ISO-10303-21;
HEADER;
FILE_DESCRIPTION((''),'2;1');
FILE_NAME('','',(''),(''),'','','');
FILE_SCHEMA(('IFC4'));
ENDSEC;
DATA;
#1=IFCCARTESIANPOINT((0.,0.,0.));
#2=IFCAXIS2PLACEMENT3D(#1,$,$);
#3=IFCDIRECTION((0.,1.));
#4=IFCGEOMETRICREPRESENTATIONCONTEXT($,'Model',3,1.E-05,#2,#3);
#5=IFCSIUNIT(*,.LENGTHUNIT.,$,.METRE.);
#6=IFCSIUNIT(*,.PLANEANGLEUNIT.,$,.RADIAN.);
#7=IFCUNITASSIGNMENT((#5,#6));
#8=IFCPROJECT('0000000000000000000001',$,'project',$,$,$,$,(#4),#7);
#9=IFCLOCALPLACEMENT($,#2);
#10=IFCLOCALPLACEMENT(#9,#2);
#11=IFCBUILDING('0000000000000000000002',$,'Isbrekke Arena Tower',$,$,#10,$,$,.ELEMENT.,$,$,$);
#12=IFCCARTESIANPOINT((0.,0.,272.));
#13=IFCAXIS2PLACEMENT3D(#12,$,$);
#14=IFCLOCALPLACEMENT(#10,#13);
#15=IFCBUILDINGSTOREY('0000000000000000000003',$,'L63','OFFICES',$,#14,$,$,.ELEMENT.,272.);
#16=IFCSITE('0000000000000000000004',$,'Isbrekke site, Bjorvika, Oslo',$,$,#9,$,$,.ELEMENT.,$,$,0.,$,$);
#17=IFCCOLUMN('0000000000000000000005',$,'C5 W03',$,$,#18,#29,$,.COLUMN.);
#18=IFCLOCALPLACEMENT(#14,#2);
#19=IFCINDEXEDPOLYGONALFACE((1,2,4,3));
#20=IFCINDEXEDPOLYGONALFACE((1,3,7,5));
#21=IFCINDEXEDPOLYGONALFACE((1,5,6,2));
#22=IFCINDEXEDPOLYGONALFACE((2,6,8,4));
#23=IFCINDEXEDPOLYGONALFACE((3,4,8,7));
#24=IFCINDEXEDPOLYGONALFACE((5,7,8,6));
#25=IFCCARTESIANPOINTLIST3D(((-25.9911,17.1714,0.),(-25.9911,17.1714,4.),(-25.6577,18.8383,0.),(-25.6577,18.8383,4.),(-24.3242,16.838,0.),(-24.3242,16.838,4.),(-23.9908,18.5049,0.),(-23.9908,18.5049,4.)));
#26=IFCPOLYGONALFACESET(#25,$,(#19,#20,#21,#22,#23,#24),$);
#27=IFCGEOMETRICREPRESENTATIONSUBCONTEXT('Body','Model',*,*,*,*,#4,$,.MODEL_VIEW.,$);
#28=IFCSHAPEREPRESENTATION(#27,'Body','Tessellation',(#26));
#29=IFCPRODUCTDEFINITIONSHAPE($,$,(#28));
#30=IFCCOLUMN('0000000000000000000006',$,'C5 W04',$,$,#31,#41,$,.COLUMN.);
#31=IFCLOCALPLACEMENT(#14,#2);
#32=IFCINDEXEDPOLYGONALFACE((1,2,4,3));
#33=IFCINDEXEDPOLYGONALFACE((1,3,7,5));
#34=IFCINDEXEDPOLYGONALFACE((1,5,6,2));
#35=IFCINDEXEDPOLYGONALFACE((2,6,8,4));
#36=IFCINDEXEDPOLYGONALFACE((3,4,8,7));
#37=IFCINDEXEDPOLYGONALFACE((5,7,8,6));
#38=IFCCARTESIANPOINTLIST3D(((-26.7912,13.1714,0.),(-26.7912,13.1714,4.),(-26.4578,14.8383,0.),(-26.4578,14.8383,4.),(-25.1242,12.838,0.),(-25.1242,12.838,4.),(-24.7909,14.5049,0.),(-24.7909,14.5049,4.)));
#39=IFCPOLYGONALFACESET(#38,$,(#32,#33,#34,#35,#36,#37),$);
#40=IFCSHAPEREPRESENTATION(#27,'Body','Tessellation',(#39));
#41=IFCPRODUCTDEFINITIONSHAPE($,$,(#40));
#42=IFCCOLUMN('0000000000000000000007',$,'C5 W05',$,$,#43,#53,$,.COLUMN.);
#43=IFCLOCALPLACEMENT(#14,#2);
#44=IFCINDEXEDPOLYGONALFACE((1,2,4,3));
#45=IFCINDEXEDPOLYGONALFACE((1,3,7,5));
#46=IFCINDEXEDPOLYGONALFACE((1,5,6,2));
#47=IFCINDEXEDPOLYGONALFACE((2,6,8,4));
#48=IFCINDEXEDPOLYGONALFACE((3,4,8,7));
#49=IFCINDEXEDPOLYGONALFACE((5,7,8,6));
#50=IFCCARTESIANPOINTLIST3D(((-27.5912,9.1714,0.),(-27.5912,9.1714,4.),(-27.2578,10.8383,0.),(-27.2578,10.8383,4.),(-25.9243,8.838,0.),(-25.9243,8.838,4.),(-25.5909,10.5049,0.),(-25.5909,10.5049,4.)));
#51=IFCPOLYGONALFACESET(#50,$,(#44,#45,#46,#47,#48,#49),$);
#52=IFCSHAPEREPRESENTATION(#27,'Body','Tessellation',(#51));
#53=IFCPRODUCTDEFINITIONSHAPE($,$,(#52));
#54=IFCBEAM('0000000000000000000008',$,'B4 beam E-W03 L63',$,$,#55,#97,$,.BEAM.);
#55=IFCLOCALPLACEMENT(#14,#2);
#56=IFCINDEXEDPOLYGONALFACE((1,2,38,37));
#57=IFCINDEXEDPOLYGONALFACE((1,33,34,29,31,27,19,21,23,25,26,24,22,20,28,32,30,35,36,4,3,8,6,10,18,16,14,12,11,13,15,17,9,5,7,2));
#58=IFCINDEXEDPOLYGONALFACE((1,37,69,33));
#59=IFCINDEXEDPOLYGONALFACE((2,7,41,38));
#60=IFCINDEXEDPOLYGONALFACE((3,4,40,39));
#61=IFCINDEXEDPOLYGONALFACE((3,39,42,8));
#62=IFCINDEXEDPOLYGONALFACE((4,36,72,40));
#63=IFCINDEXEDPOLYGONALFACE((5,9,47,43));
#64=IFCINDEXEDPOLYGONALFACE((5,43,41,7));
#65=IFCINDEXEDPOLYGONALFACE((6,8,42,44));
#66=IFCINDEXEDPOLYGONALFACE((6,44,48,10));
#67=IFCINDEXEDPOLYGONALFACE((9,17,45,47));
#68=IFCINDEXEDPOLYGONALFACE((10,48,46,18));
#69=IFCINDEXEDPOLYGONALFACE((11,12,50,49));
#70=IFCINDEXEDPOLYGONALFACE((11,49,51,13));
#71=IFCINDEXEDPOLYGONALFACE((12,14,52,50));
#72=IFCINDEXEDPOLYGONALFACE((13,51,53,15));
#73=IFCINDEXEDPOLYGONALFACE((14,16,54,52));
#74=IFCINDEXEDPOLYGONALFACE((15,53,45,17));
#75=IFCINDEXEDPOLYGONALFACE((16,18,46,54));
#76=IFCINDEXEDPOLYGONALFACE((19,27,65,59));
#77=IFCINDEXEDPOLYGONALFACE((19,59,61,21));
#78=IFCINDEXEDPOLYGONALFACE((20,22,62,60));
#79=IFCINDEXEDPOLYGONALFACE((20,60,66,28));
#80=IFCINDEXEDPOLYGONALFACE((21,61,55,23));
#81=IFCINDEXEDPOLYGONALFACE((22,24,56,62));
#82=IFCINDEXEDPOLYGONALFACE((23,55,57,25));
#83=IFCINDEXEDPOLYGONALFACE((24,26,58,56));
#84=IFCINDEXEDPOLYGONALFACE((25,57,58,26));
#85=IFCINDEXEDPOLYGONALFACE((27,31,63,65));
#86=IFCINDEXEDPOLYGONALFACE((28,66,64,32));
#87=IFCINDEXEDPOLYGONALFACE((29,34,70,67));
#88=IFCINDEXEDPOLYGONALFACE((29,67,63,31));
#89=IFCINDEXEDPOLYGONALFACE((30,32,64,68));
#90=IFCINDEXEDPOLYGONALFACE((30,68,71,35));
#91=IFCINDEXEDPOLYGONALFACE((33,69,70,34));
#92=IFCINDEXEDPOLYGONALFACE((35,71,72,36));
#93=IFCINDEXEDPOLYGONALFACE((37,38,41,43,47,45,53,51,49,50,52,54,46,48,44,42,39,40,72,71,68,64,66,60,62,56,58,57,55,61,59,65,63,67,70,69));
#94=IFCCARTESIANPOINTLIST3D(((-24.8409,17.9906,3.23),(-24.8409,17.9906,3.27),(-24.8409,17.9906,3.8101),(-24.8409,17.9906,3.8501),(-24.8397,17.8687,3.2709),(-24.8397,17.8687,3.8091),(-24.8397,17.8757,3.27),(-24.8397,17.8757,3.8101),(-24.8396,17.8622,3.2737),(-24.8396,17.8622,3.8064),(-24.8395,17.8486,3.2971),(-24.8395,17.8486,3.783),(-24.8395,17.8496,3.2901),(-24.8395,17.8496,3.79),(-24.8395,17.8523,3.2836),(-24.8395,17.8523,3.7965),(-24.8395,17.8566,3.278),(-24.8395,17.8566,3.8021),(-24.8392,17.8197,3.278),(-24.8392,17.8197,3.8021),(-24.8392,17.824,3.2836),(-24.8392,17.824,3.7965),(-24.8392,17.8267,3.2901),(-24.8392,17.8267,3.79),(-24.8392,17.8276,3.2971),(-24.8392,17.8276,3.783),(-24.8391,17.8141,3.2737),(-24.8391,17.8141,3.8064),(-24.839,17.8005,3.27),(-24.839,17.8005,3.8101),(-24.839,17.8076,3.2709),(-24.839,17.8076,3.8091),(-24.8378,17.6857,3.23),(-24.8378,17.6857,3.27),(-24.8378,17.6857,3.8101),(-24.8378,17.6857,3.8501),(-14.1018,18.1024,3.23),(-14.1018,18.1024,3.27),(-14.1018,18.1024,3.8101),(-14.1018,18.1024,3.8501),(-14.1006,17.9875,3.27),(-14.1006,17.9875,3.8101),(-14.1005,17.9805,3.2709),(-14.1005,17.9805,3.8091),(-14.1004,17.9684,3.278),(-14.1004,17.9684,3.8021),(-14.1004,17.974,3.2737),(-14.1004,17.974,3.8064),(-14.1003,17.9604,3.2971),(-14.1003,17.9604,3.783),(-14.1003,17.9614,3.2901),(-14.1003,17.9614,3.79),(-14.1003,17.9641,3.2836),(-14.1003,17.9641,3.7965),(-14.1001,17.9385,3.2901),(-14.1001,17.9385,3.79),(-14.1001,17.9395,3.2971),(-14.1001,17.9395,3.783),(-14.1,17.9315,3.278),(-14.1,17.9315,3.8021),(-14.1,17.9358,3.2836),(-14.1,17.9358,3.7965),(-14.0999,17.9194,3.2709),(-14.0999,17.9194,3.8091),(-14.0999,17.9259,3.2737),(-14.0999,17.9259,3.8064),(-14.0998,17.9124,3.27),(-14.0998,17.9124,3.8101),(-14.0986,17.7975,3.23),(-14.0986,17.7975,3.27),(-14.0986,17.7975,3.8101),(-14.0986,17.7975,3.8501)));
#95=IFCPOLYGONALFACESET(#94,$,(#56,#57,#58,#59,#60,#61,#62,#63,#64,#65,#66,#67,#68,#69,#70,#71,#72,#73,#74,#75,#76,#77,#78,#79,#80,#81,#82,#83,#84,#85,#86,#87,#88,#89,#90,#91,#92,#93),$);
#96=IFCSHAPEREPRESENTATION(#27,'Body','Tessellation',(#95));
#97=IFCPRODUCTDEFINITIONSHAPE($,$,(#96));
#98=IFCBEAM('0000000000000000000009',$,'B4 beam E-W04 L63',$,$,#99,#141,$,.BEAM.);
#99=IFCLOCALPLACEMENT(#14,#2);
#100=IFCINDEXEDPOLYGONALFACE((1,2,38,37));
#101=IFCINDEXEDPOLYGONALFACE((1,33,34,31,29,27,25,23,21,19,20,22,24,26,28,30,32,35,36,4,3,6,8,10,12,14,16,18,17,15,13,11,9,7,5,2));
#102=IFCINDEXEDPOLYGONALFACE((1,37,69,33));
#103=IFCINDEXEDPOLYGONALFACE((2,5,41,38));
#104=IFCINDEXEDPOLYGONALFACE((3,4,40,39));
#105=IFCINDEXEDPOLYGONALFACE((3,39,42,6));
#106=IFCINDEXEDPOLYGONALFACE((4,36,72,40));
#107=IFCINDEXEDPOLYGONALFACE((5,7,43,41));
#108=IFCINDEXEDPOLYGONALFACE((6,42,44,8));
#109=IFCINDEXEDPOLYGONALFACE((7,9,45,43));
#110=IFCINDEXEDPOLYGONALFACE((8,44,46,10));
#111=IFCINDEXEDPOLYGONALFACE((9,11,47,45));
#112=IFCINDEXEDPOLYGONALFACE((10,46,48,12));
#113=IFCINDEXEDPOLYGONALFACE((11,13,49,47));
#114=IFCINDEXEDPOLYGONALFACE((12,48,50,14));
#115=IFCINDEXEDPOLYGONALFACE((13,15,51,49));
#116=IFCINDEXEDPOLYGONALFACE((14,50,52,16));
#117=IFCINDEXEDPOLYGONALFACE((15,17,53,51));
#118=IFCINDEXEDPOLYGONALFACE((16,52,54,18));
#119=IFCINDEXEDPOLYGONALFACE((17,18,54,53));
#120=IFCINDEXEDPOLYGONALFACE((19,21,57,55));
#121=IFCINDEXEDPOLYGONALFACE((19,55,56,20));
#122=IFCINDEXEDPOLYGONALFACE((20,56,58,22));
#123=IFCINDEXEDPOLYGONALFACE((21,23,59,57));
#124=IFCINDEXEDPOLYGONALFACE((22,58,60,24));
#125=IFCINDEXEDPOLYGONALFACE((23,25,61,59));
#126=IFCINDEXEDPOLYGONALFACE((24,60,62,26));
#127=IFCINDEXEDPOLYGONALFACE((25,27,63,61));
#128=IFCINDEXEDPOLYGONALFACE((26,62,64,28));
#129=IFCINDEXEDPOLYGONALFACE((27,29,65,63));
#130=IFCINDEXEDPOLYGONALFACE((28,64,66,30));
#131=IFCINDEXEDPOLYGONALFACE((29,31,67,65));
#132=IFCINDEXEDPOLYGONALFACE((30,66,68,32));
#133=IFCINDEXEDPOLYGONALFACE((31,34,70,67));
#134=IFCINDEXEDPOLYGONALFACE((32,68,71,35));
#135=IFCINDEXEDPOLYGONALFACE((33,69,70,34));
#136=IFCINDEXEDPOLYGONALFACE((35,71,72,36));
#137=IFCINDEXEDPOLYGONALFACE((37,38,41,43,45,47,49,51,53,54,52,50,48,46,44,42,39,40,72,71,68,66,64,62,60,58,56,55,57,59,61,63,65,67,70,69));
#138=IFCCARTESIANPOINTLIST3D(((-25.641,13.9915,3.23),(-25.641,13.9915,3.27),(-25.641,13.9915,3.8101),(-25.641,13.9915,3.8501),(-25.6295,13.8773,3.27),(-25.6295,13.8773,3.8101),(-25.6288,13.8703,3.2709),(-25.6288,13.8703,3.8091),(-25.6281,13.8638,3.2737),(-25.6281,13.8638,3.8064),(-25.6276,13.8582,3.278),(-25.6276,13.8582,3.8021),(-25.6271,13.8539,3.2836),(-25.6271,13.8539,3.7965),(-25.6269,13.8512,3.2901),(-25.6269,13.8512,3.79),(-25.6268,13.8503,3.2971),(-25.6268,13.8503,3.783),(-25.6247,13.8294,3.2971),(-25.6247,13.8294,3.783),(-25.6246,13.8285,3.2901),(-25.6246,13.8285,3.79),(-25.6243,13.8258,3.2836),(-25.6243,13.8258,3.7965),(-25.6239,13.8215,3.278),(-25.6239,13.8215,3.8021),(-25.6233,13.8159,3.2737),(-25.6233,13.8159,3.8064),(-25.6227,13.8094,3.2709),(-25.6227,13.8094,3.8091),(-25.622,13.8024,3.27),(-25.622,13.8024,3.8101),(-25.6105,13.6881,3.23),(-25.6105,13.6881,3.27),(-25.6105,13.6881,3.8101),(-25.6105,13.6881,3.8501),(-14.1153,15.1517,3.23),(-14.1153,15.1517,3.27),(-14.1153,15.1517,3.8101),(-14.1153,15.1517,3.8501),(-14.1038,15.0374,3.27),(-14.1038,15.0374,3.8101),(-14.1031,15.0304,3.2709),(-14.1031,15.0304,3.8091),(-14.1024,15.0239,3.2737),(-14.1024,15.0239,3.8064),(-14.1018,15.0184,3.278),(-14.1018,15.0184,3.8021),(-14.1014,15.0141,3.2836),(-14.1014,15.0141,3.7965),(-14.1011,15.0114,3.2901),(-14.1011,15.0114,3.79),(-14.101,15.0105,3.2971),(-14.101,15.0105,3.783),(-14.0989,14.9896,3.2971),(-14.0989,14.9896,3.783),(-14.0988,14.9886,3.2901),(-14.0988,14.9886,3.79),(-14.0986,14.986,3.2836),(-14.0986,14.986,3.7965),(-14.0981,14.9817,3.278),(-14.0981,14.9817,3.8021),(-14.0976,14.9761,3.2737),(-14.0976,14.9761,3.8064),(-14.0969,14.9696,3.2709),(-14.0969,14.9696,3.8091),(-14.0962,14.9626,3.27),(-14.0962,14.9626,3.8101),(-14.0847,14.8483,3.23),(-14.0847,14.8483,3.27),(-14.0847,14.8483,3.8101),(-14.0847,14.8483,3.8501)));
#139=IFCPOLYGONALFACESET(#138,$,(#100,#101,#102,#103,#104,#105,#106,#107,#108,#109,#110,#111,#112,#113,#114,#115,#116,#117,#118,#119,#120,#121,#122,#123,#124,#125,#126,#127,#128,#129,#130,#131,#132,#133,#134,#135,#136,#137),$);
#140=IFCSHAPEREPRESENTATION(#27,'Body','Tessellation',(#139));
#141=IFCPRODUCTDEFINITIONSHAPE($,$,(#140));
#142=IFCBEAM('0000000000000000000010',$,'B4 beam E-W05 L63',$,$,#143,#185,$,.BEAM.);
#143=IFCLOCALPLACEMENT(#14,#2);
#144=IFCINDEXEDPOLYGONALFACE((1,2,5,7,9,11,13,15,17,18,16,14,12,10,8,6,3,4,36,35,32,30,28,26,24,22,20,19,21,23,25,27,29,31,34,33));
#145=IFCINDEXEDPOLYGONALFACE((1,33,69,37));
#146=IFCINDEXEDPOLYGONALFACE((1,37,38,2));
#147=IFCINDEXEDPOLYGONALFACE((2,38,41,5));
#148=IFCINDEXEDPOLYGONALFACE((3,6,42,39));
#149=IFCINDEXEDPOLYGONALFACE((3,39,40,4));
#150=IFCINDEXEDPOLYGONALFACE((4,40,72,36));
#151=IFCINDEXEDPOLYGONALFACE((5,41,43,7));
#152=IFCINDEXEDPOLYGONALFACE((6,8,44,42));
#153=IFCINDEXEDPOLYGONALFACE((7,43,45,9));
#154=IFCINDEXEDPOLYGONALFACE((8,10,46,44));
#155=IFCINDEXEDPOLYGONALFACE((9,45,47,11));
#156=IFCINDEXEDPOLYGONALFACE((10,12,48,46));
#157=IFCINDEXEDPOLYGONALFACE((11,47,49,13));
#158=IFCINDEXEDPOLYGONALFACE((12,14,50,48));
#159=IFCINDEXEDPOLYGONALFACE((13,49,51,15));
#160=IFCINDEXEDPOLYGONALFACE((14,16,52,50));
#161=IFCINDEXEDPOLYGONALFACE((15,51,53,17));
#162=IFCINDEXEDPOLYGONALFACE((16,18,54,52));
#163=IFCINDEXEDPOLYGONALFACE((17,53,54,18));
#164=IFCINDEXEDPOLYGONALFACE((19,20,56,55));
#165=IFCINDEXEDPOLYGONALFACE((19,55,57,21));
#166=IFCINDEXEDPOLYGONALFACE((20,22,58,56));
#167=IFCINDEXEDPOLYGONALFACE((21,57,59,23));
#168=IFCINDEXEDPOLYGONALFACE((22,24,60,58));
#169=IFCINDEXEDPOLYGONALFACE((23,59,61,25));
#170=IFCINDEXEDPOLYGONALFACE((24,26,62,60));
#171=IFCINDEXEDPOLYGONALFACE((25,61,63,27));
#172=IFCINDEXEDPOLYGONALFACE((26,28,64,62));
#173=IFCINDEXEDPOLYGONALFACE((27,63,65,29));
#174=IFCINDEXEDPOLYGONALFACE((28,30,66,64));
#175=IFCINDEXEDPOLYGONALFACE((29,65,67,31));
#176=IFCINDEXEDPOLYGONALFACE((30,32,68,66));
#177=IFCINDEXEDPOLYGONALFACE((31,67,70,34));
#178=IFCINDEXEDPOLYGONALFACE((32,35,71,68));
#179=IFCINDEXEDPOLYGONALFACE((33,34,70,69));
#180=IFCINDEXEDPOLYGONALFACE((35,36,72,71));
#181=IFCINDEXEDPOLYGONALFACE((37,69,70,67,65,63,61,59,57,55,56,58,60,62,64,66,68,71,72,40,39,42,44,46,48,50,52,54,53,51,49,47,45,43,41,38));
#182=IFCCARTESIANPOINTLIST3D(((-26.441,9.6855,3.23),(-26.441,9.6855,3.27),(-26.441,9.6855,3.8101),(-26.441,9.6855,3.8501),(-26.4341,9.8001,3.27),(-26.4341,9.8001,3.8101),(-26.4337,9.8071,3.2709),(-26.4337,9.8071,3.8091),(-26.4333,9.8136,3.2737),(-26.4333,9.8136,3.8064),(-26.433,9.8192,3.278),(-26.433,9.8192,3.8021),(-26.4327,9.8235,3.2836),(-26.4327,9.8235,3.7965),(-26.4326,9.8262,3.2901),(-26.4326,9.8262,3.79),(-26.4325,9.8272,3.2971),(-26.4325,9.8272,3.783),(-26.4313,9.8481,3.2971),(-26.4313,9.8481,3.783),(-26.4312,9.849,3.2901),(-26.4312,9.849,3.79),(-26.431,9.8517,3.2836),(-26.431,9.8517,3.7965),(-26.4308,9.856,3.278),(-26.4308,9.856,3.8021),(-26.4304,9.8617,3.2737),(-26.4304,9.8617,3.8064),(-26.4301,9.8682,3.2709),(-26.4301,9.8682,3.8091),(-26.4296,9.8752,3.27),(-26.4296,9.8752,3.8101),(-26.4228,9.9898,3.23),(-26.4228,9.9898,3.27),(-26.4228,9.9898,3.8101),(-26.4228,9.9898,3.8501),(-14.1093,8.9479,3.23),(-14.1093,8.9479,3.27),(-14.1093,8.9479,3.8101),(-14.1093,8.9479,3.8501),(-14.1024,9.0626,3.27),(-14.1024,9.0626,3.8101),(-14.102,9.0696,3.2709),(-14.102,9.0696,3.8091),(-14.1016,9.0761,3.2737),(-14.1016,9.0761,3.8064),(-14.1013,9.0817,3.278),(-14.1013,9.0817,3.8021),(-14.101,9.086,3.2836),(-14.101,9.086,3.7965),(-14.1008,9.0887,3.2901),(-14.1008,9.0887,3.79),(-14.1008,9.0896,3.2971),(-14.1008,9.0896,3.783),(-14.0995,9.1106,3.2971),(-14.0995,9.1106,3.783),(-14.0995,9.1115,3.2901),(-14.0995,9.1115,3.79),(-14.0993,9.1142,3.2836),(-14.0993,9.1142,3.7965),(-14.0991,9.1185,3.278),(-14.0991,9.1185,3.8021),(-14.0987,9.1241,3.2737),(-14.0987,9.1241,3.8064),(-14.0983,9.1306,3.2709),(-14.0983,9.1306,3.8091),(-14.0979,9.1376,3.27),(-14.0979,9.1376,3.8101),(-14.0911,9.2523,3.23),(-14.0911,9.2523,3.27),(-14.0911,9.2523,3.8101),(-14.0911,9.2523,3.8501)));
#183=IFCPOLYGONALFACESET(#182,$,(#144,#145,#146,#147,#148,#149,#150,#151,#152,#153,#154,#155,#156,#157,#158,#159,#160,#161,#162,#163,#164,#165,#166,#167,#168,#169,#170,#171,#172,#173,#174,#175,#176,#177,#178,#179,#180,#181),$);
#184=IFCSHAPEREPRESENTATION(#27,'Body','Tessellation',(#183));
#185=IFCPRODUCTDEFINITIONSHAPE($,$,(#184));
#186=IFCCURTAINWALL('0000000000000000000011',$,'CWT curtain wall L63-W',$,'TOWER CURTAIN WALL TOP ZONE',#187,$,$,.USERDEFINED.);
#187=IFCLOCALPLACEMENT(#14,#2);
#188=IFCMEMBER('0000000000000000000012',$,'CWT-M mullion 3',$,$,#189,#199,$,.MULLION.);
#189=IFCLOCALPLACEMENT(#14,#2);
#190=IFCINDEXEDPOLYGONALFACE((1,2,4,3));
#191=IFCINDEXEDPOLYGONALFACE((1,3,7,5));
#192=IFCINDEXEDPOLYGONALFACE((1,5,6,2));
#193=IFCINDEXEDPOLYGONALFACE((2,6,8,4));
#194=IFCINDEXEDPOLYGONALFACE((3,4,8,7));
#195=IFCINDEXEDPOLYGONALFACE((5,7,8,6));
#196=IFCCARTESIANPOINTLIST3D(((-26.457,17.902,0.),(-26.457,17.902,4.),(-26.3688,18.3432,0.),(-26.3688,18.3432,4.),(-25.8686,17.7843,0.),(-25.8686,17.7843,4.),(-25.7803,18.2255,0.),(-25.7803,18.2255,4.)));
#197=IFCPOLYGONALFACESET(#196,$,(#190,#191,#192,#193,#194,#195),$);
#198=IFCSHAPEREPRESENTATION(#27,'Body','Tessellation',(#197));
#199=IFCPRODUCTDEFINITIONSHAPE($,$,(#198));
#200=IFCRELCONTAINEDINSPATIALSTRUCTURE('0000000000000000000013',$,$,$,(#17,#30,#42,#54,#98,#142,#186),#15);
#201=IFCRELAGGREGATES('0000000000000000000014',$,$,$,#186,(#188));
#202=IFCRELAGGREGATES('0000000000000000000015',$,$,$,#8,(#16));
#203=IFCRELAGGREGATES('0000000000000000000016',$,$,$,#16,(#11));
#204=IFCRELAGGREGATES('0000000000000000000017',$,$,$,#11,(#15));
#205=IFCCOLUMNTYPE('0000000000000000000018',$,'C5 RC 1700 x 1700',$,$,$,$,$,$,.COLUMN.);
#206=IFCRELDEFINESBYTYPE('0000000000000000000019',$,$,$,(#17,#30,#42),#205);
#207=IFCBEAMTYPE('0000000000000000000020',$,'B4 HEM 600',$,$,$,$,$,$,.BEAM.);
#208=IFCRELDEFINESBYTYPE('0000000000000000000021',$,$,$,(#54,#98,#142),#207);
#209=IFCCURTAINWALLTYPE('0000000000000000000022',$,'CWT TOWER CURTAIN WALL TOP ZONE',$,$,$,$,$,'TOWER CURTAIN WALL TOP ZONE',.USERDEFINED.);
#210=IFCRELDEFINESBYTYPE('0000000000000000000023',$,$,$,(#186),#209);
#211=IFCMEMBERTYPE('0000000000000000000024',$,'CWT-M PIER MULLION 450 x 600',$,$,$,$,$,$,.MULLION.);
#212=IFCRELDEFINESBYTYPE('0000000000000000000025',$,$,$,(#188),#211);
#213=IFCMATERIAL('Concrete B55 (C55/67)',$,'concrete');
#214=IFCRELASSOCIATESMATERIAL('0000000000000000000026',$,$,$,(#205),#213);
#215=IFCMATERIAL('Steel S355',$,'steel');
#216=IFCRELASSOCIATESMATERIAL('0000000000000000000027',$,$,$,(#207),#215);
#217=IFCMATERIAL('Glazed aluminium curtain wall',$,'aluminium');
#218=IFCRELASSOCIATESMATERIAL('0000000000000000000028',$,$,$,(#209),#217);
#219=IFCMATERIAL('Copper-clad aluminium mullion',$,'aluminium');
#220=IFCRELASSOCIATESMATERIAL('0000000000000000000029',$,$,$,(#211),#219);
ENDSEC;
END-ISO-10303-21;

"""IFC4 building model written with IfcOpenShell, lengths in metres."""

from ifc_helpers import new_model, si_unit, direction, frame, origin, origin_2d, place, context, subcontext, project, spatial, rectangle, i_section, extrude, material, material_profile, profile_set, type_object, element, aggregate, save


model = new_model("IFC4")

# Units and contexts
model_context = context("Model", 3, precision=1e-05, world=origin(), true_north=direction((0.0, 1.0)))
body_context = subcontext(model_context, "Body", "Model", "MODEL_VIEW")
ifc_project = project(units=[si_unit("LENGTHUNIT", "METRE"), si_unit("PLANEANGLEUNIT", "RADIAN")], contexts=[model_context])

# Site, building, storey
site_placement = place(None, origin())
site = spatial("IfcSite", under=ifc_project, at=site_placement, Name="Isbrekke site, Bjorvika, Oslo", CompositionType="ELEMENT", RefElevation=0.0)
building_placement = place(site_placement, origin())
building = spatial("IfcBuilding", under=site, at=building_placement, Name="Isbrekke Arena Tower", CompositionType="ELEMENT")
storey_placement = place(building_placement, frame((0.0, 0.0, 272.0)))
storey = spatial("IfcBuildingStorey", under=building, at=storey_placement, Name="L63", Description="OFFICES", CompositionType="ELEMENT", Elevation=272.0)

# Columns
ifc_material_1 = material(Name="Concrete B55 (C55/67)", Category="concrete")
ifc_material_profile_1 = material_profile(ifc_material_1, rectangle(XDim=1.7, YDim=1.7, at=origin_2d()), Name="RC 1700x1700")
ifc_profile_set_1 = profile_set([ifc_material_profile_1], Name="Concrete B55 (C55/67)")
column_type = type_object("IfcColumnType", Name="C5 RC 1700 x 1700", PredefinedType="COLUMN", material=ifc_profile_set_1)
for number, where, z_axis, x_axis, name in (
    (1, (-24.991, 17.8381, 0.0), (0.0, 0.0, 1.0), (-0.196116, -0.980581, 0.0), "C5 W03"),
    (2, (-25.791, 13.8381, 0.0), (0.0, 0.0, 1.0), (-0.196116, -0.980581, 0.0), "C5 W04"),
    (3, (-26.5911, 9.8381, 0.0), (0.0, 0.0, 1.0), (-0.196116, -0.980581, 0.0), "C5 W05"),
):
    element("IfcColumn", number, at=place(storey_placement, frame(where, z_axis=z_axis, x_axis=x_axis)), inside=storey, type_object=column_type, Name=name, PredefinedType="COLUMN", context=body_context, shape_type="SweptSolid", body=[
        extrude(rectangle(XDim=1.7, YDim=1.7, at=origin_2d()), origin(), (0.0, 0.0, 1.0), 4.0),
    ])

# Beams
ifc_material_2 = material(Name="Steel S355", Category="steel")
ifc_material_profile_2 = material_profile(ifc_material_2, i_section(OverallWidth=0.3049, OverallDepth=0.6201, WebThickness=0.021, FlangeThickness=0.04, FilletRadius=0.0271, at=origin_2d()), Name="HEM 600")
ifc_profile_set_2 = profile_set([ifc_material_profile_2], Name="Steel S355")
beam_type_1 = type_object("IfcBeamType", Name="B4 HEM 600", PredefinedType="BEAM", material=ifc_profile_set_2)
beam_1_placement = place(storey_placement, frame((-24.8394, 17.8381, 3.54), z_axis=(0.999946, 0.010411, 0.0), x_axis=(-0.010411, 0.999946, 0.0)))
element("IfcBeam", 4, at=beam_1_placement, inside=storey, type_object=beam_type_1, Name="B4 beam E-W03 L63", PredefinedType="BEAM", context=body_context, shape_type="SweptSolid", body=[
    extrude(i_section(OverallWidth=0.3049, OverallDepth=0.6201, WebThickness=0.021, FlangeThickness=0.04, FilletRadius=0.0271, at=origin_2d()), origin(), (0.0, 0.0, 1.0), 10.7397),
])
beam_2_placement = place(storey_placement, frame((-25.6257, 13.8398, 3.54), z_axis=(0.994972, 0.100153, 0.0), x_axis=(-0.100153, 0.994972, 0.0)))
element("IfcBeam", 5, at=beam_2_placement, inside=storey, type_object=beam_type_1, Name="B4 beam E-W04 L63", PredefinedType="BEAM", context=body_context, shape_type="SweptSolid", body=[
    extrude(i_section(OverallWidth=0.3049, OverallDepth=0.6201, WebThickness=0.021, FlangeThickness=0.04, FilletRadius=0.0271, at=origin_2d()), origin(), (0.0, 0.0, 1.0), 11.584),
])
beam_3_placement = place(storey_placement, frame((-26.4319, 9.8376, 3.54), z_axis=(0.998216, -0.059702, 0.0), x_axis=(0.059702, 0.998216, 0.0)))
element("IfcBeam", 6, at=beam_3_placement, inside=storey, type_object=beam_type_1, Name="B4 beam E-W05 L63", PredefinedType="BEAM", context=body_context, shape_type="SweptSolid", body=[
    extrude(i_section(OverallWidth=0.3049, OverallDepth=0.6201, WebThickness=0.021, FlangeThickness=0.04, FilletRadius=0.0271, at=origin_2d()), origin(), (0.0, 0.0, 1.0), 12.3538),
])

# Curtain wall, member
ifc_material_3 = material(Name="Glazed aluminium curtain wall", Category="aluminium")
curtain_wall_type = type_object("IfcCurtainWallType", Name="CWT TOWER CURTAIN WALL TOP ZONE", ElementType="TOWER CURTAIN WALL TOP ZONE", PredefinedType="USERDEFINED", material=ifc_material_3)
curtain_wall_placement = place(storey_placement, origin())
curtain_wall = element("IfcCurtainWall", 7, at=curtain_wall_placement, inside=storey, type_object=curtain_wall_type, Name="CWT curtain wall L63-W", ObjectType="TOWER CURTAIN WALL TOP ZONE", PredefinedType="USERDEFINED")
ifc_material_4 = material(Name="Copper-clad aluminium mullion", Category="aluminium")
ifc_material_profile_3 = material_profile(ifc_material_4, rectangle(XDim=0.45, YDim=0.6001, at=origin_2d()), Name="PIER 450X600")
ifc_profile_set_3 = profile_set([ifc_material_profile_3], Name="Copper-clad aluminium mullion")
member_type_1 = type_object("IfcMemberType", Name="CWT-M PIER MULLION 450 x 600", PredefinedType="MULLION", material=ifc_profile_set_3)
member_1_placement = place(storey_placement, frame((-26.1187, 18.0637, 0.0), z_axis=(0.0, 0.0, 1.0), x_axis=(-0.196116, -0.980581, 0.0)))
member_1 = element("IfcMember", 8, at=member_1_placement, type_object=member_type_1, Name="CWT-M mullion 3", PredefinedType="MULLION", context=body_context, shape_type="SweptSolid", body=[
    extrude(rectangle(XDim=0.45, YDim=0.6001, at=origin_2d()), origin(), (0.0, 0.0, 1.0), 4.0),
])

aggregate(curtain_wall, [member_1])

save(model, "model.ifc")
